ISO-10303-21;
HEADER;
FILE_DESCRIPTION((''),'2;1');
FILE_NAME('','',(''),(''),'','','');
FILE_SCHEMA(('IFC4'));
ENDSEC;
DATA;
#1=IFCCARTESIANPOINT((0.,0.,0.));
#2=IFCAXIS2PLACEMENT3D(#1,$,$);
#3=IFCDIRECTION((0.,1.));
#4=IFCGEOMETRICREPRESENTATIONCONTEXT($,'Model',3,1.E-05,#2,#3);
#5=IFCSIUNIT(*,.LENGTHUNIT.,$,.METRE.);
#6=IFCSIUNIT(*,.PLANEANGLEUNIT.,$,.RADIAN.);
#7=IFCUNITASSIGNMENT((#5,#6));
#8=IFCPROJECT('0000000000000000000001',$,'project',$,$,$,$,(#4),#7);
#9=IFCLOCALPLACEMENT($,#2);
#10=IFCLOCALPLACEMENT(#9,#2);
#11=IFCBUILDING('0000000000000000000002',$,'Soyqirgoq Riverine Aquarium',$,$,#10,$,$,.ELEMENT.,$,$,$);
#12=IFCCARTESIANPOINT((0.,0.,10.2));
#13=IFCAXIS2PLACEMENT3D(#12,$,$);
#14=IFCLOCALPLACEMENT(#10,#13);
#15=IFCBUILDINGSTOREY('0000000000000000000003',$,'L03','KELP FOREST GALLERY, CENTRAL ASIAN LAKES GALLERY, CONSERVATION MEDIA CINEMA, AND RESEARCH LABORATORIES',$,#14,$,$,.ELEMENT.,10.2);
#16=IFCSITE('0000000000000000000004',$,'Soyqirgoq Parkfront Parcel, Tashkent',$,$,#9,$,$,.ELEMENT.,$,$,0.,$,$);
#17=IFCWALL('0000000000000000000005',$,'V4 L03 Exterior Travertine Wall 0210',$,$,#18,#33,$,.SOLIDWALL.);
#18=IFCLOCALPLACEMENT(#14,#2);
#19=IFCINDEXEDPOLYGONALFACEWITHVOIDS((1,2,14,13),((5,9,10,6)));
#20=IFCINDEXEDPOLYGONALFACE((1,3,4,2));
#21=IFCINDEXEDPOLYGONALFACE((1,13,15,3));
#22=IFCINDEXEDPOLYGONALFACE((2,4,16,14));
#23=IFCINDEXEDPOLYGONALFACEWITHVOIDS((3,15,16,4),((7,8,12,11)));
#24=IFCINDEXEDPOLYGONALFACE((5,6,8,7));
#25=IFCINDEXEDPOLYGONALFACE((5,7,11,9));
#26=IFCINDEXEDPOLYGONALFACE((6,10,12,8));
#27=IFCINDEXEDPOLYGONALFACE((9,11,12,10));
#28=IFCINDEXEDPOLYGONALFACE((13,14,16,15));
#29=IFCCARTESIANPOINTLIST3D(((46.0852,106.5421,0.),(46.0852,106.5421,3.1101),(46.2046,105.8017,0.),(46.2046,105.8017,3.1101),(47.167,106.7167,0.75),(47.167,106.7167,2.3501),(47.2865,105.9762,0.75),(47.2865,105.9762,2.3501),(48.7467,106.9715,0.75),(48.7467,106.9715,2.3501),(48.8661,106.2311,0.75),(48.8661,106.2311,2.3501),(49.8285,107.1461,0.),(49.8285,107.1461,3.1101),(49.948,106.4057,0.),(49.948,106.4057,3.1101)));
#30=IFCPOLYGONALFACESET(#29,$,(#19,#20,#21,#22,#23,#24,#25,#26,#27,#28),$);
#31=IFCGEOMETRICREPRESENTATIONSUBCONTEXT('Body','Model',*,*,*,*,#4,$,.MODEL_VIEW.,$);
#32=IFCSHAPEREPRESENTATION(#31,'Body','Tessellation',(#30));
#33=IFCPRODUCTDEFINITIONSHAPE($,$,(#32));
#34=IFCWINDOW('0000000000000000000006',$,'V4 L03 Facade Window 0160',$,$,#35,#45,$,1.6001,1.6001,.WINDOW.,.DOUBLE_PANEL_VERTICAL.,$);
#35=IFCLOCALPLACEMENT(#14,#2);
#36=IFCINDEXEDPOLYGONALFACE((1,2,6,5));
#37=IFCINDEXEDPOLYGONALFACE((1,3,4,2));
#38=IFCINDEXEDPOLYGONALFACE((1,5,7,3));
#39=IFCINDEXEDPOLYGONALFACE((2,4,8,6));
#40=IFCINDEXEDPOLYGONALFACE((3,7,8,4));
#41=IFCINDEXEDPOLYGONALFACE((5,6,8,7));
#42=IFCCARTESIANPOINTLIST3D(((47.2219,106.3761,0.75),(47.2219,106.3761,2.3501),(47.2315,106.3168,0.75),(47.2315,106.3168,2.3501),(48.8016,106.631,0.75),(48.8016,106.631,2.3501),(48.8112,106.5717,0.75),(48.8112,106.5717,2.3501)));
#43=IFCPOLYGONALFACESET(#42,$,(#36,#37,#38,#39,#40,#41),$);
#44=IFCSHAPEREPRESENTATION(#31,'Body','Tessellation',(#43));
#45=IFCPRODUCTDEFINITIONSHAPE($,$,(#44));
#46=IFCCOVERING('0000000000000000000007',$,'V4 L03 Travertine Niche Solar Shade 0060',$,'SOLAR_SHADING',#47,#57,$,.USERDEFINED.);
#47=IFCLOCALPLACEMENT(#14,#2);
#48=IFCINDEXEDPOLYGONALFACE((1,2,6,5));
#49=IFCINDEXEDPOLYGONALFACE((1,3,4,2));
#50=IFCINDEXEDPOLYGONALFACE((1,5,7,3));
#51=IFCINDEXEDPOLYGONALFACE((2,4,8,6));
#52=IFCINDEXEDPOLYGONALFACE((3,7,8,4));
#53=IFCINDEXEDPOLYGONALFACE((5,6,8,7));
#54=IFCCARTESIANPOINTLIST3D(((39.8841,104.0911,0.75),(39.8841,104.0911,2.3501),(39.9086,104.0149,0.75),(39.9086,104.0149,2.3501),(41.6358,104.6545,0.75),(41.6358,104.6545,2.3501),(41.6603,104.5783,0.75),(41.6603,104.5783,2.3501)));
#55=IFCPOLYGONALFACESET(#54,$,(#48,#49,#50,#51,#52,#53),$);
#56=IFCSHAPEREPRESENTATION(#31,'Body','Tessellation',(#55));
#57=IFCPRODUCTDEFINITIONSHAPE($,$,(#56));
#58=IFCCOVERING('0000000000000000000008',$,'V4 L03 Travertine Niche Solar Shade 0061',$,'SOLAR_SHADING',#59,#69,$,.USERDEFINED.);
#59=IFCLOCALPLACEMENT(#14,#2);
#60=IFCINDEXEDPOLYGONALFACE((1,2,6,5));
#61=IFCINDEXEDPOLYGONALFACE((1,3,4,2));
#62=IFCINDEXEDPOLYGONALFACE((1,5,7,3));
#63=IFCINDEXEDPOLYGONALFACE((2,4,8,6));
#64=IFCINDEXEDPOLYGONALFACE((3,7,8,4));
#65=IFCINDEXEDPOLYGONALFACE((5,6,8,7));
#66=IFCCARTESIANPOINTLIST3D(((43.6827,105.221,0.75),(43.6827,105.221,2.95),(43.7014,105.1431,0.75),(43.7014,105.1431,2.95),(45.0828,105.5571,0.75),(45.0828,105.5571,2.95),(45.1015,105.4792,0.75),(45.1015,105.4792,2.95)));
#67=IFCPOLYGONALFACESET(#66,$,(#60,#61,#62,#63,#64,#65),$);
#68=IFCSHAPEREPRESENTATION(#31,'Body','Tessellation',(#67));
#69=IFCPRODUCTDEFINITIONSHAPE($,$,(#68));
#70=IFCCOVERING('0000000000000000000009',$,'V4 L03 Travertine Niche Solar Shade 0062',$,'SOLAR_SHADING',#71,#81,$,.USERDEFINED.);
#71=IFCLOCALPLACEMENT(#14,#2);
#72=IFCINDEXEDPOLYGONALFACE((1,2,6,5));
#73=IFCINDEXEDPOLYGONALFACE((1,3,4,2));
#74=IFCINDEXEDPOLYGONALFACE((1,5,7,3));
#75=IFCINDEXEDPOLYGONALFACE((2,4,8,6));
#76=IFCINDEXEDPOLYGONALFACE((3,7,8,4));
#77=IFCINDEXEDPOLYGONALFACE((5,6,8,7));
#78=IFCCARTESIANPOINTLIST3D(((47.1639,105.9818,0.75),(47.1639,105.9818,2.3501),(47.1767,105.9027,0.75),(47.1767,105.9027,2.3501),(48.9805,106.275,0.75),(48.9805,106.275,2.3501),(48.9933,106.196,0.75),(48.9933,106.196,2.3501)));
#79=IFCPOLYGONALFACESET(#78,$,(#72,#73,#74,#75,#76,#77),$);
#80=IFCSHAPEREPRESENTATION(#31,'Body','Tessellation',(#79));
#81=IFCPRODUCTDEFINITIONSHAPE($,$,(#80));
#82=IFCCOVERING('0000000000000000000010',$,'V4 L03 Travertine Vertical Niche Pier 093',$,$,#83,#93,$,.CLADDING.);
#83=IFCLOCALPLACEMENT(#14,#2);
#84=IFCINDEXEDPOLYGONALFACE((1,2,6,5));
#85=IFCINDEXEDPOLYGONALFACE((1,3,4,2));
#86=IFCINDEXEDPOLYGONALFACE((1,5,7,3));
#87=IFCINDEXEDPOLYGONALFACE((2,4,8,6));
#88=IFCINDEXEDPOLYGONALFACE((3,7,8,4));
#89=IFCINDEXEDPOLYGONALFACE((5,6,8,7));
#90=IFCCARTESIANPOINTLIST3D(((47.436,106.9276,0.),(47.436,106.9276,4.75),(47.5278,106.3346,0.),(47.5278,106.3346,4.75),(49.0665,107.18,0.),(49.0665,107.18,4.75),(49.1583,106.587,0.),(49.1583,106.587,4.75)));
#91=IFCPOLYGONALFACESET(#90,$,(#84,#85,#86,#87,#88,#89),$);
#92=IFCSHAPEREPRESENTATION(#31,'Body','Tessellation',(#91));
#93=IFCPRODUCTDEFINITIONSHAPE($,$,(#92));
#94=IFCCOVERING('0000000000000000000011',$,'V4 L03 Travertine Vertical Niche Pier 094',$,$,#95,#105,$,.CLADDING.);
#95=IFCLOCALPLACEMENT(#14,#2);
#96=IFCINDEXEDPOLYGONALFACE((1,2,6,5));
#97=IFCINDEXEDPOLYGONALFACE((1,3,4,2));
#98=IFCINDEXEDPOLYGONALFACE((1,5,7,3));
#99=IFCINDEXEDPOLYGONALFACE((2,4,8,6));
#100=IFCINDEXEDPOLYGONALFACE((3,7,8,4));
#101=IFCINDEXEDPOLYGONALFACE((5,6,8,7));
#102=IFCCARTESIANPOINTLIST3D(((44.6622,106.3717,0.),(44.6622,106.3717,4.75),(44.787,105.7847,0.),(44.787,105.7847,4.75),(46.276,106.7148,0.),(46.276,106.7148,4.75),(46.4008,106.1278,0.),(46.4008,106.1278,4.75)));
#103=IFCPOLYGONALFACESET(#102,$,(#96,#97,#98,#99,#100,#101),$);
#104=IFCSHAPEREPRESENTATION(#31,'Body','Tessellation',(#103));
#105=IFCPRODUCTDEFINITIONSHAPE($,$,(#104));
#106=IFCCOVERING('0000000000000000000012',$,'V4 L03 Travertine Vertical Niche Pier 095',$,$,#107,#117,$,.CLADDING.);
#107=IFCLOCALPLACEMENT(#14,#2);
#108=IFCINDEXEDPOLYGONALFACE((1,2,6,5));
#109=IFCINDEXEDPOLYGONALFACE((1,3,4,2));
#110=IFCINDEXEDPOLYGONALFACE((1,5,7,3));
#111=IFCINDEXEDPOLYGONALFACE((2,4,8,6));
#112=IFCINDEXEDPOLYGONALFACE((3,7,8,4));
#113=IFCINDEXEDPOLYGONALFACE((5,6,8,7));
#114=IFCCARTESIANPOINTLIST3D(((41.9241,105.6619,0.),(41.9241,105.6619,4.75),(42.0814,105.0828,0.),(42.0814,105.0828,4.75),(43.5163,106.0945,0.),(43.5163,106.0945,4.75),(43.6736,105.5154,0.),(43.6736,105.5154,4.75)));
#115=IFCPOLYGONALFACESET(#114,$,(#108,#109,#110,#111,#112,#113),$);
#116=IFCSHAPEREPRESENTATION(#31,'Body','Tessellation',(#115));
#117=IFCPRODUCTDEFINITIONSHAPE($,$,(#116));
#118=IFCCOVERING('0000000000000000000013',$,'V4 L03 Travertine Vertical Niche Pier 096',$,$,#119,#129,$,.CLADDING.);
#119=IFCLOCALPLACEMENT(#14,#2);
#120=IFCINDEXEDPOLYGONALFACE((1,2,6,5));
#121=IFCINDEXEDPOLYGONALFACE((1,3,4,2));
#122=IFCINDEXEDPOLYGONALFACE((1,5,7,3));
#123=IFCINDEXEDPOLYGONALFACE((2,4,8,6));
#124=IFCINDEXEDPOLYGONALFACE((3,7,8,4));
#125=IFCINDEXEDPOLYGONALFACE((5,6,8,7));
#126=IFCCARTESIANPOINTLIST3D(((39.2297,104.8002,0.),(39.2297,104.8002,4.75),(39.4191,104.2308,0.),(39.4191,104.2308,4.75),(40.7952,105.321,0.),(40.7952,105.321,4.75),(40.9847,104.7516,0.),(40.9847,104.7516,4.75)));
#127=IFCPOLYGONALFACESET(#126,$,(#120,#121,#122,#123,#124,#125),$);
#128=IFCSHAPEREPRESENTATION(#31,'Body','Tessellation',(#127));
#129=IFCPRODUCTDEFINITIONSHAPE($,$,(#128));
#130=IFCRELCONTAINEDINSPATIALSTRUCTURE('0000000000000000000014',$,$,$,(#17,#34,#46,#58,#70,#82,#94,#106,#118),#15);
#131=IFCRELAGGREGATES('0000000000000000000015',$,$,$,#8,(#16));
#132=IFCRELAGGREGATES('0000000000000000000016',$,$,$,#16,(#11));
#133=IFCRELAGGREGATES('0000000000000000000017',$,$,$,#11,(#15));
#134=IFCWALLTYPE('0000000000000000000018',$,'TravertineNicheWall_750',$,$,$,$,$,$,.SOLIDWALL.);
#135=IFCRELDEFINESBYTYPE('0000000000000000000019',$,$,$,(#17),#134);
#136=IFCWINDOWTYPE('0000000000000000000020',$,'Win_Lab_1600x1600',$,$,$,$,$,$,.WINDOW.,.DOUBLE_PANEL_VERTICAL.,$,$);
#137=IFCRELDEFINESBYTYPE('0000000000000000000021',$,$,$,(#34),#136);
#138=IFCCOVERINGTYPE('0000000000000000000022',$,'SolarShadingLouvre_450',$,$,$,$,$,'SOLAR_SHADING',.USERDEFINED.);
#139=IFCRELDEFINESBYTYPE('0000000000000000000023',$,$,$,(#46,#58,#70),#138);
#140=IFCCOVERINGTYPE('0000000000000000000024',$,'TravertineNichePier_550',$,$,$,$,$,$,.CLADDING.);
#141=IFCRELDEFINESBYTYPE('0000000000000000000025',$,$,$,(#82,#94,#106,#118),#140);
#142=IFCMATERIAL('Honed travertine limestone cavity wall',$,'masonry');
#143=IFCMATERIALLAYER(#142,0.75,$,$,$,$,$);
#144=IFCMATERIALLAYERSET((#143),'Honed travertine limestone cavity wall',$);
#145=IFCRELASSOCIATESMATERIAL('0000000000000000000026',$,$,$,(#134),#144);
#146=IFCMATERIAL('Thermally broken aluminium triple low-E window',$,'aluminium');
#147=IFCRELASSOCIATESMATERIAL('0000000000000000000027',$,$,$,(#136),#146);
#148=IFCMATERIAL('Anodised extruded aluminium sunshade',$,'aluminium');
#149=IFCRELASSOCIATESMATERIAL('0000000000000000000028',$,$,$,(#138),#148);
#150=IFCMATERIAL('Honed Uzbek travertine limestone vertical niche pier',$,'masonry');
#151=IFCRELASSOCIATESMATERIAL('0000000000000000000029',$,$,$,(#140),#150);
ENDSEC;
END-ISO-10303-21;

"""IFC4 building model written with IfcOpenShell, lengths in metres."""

from ifc_helpers import new_model, si_unit, direction, frame, frame_2d, origin, origin_2d, place, context, subcontext, project, spatial, rectangle, extrude, material, layer, layer_set, type_object, element, fill, save


model = new_model("IFC4")

# Units and contexts
model_context = context("Model", 3, precision=1e-05, world=origin(), true_north=direction((0.0, 1.0)))
body_context = subcontext(model_context, "Body", "Model", "MODEL_VIEW")
ifc_project = project(units=[si_unit("LENGTHUNIT", "METRE"), si_unit("PLANEANGLEUNIT", "RADIAN")], contexts=[model_context])

# Site, building, storey
site_placement = place(None, origin())
site = spatial("IfcSite", under=ifc_project, at=site_placement, Name="Soyqirgoq Parkfront Parcel, Tashkent", CompositionType="ELEMENT", RefElevation=0.0)
building_placement = place(site_placement, origin())
building = spatial("IfcBuilding", under=site, at=building_placement, Name="Soyqirgoq Riverine Aquarium", CompositionType="ELEMENT")
storey_placement = place(building_placement, frame((0.0, 0.0, 10.2)))
storey = spatial("IfcBuildingStorey", under=building, at=storey_placement, Name="L03", Description="KELP FOREST GALLERY, CENTRAL ASIAN LAKES GALLERY, CONSERVATION MEDIA CINEMA, AND RESEARCH LABORATORIES", CompositionType="ELEMENT", Elevation=10.2)

# Wall, opening, window
ifc_material_1 = material(Name="Honed travertine limestone cavity wall", Category="masonry")
ifc_layer_1 = layer(ifc_material_1, 0.75)
ifc_layer_set_1 = layer_set([ifc_layer_1], Name="Honed travertine limestone cavity wall")
wall_type = type_object("IfcWallType", Name="TravertineNicheWall_750", PredefinedType="SOLIDWALL", material=ifc_layer_set_1)
wall_1_placement = place(storey_placement, frame((46.1448, 106.1719, 0.0), z_axis=(0.0, 0.0, 1.0), x_axis=(0.987232, 0.159291, 0.0)))
wall_1 = element("IfcWall", 1, at=wall_1_placement, inside=storey, type_object=wall_type, Name="V4 L03 Exterior Travertine Wall 0210", PredefinedType="SOLIDWALL", context=body_context, shape_type="SweptSolid", body=[
    extrude(rectangle(XDim=3.7917, YDim=0.75, at=frame_2d((1.896, 0.0))), origin(), (0.0, 0.0, 1.0), 3.1101),
])
opening_1_placement = place(wall_1_placement, frame((1.0959, 0.0, 0.75)))
opening_1 = element("IfcOpeningElement", 2, at=opening_1_placement, cuts=wall_1, PredefinedType="OPENING", context=body_context, shape_type="SweptSolid", body=[
    extrude(rectangle(XDim=1.6001, YDim=1.6001, at=frame_2d((0.8, 0.8))), frame((0.0, 0.385, 0.0), z_axis=(0.0, -1.0, 0.0), x_axis=(1.0, 0.0, 0.0)), (0.0, 0.0, 1.0), 0.77),
])
ifc_material_2 = material(Name="Thermally broken aluminium triple low-E window", Category="aluminium")
window_type_1 = type_object("IfcWindowType", Name="Win_Lab_1600x1600", PartitioningType="DOUBLE_PANEL_VERTICAL", PredefinedType="WINDOW", material=ifc_material_2)
window_1_placement = place(opening_1_placement, origin())
window_1 = element("IfcWindow", 3, at=window_1_placement, inside=storey, type_object=window_type_1, Name="V4 L03 Facade Window 0160", OverallHeight=1.6001, OverallWidth=1.6001, PartitioningType="DOUBLE_PANEL_VERTICAL", PredefinedType="WINDOW", context=body_context, shape_type="SweptSolid", body=[
    extrude(rectangle(XDim=1.6001, YDim=1.6001, at=frame_2d((0.8, 0.8))), frame((0.0, 0.03, 0.0), z_axis=(0.0, -1.0, 0.0), x_axis=(1.0, 0.0, 0.0)), (0.0, 0.0, 1.0), 0.0601),
])
fill(opening_1, window_1)

# Coverings
ifc_material_3 = material(Name="Anodised extruded aluminium sunshade", Category="aluminium")
covering_type_1 = type_object("IfcCoveringType", Name="SolarShadingLouvre_450", ElementType="SOLAR_SHADING", PredefinedType="USERDEFINED", material=ifc_material_3)
covering_1_placement = place(storey_placement, frame((40.7722, 104.3347, 0.75), z_axis=(0.0, 0.0, 1.0), x_axis=(0.951969, 0.306194, 0.0)))
element("IfcCovering", 4, at=covering_1_placement, inside=storey, type_object=covering_type_1, Name="V4 L03 Travertine Niche Solar Shade 0060", ObjectType="SOLAR_SHADING", PredefinedType="USERDEFINED", context=body_context, shape_type="SweptSolid", body=[
    extrude(rectangle(XDim=1.8401, YDim=0.0801, at=origin_2d()), origin(), (0.0, 0.0, 1.0), 1.6001),
])
covering_2_placement = place(storey_placement, frame((44.3921, 105.3501, 0.75), z_axis=(0.0, 0.0, 1.0), x_axis=(0.97237, 0.233445, 0.0)))
element("IfcCovering", 5, at=covering_2_placement, inside=storey, type_object=covering_type_1, Name="V4 L03 Travertine Niche Solar Shade 0061", ObjectType="SOLAR_SHADING", PredefinedType="USERDEFINED", context=body_context, shape_type="SweptSolid", body=[
    extrude(rectangle(XDim=1.4399, YDim=0.0801, at=origin_2d()), origin(), (0.0, 0.0, 1.0), 2.2),
])
covering_3_placement = place(storey_placement, frame((48.0786, 106.0889, 0.75), z_axis=(0.0, 0.0, 1.0), x_axis=(0.98722, 0.159364, 0.0)))
element("IfcCovering", 6, at=covering_3_placement, inside=storey, type_object=covering_type_1, Name="V4 L03 Travertine Niche Solar Shade 0062", ObjectType="SOLAR_SHADING", PredefinedType="USERDEFINED", context=body_context, shape_type="SweptSolid", body=[
    extrude(rectangle(XDim=1.8401, YDim=0.0801, at=origin_2d()), origin(), (0.0, 0.0, 1.0), 1.6001),
])
ifc_material_4 = material(Name="Honed Uzbek travertine limestone vertical niche pier", Category="masonry")
covering_type_2 = type_object("IfcCoveringType", Name="TravertineNichePier_550", PredefinedType="CLADDING", material=ifc_material_4)
for number, where, z_axis, x_axis, name in (
    (7, (48.2971, 106.7573, 0.0), (0.0, 0.0, 1.0), (-0.152986, 0.988228, 0.0), "V4 L03 Travertine Vertical Niche Pier 093"),
    (8, (45.5315, 106.2498, 0.0), (0.0, 0.0, 1.0), (-0.207912, 0.978148, 0.0), "V4 L03 Travertine Vertical Niche Pier 094"),
    (9, (42.7988, 105.5886, 0.0), (0.0, 0.0, 1.0), (-0.262189, 0.965016, 0.0), "V4 L03 Travertine Vertical Niche Pier 095"),
    (10, (40.1072, 104.7759, 0.0), (0.0, 0.0, 1.0), (-0.315649, 0.948876, 0.0), "V4 L03 Travertine Vertical Niche Pier 096"),
):
    element("IfcCovering", number, at=place(storey_placement, frame(where, z_axis=z_axis, x_axis=x_axis)), inside=storey, type_object=covering_type_2, Name=name, PredefinedType="CLADDING", context=body_context, shape_type="SweptSolid", body=[
        extrude(rectangle(XDim=0.6001, YDim=1.6499, at=origin_2d()), origin(), (0.0, 0.0, 1.0), 4.75),
    ])

save(model, "model.ifc")
